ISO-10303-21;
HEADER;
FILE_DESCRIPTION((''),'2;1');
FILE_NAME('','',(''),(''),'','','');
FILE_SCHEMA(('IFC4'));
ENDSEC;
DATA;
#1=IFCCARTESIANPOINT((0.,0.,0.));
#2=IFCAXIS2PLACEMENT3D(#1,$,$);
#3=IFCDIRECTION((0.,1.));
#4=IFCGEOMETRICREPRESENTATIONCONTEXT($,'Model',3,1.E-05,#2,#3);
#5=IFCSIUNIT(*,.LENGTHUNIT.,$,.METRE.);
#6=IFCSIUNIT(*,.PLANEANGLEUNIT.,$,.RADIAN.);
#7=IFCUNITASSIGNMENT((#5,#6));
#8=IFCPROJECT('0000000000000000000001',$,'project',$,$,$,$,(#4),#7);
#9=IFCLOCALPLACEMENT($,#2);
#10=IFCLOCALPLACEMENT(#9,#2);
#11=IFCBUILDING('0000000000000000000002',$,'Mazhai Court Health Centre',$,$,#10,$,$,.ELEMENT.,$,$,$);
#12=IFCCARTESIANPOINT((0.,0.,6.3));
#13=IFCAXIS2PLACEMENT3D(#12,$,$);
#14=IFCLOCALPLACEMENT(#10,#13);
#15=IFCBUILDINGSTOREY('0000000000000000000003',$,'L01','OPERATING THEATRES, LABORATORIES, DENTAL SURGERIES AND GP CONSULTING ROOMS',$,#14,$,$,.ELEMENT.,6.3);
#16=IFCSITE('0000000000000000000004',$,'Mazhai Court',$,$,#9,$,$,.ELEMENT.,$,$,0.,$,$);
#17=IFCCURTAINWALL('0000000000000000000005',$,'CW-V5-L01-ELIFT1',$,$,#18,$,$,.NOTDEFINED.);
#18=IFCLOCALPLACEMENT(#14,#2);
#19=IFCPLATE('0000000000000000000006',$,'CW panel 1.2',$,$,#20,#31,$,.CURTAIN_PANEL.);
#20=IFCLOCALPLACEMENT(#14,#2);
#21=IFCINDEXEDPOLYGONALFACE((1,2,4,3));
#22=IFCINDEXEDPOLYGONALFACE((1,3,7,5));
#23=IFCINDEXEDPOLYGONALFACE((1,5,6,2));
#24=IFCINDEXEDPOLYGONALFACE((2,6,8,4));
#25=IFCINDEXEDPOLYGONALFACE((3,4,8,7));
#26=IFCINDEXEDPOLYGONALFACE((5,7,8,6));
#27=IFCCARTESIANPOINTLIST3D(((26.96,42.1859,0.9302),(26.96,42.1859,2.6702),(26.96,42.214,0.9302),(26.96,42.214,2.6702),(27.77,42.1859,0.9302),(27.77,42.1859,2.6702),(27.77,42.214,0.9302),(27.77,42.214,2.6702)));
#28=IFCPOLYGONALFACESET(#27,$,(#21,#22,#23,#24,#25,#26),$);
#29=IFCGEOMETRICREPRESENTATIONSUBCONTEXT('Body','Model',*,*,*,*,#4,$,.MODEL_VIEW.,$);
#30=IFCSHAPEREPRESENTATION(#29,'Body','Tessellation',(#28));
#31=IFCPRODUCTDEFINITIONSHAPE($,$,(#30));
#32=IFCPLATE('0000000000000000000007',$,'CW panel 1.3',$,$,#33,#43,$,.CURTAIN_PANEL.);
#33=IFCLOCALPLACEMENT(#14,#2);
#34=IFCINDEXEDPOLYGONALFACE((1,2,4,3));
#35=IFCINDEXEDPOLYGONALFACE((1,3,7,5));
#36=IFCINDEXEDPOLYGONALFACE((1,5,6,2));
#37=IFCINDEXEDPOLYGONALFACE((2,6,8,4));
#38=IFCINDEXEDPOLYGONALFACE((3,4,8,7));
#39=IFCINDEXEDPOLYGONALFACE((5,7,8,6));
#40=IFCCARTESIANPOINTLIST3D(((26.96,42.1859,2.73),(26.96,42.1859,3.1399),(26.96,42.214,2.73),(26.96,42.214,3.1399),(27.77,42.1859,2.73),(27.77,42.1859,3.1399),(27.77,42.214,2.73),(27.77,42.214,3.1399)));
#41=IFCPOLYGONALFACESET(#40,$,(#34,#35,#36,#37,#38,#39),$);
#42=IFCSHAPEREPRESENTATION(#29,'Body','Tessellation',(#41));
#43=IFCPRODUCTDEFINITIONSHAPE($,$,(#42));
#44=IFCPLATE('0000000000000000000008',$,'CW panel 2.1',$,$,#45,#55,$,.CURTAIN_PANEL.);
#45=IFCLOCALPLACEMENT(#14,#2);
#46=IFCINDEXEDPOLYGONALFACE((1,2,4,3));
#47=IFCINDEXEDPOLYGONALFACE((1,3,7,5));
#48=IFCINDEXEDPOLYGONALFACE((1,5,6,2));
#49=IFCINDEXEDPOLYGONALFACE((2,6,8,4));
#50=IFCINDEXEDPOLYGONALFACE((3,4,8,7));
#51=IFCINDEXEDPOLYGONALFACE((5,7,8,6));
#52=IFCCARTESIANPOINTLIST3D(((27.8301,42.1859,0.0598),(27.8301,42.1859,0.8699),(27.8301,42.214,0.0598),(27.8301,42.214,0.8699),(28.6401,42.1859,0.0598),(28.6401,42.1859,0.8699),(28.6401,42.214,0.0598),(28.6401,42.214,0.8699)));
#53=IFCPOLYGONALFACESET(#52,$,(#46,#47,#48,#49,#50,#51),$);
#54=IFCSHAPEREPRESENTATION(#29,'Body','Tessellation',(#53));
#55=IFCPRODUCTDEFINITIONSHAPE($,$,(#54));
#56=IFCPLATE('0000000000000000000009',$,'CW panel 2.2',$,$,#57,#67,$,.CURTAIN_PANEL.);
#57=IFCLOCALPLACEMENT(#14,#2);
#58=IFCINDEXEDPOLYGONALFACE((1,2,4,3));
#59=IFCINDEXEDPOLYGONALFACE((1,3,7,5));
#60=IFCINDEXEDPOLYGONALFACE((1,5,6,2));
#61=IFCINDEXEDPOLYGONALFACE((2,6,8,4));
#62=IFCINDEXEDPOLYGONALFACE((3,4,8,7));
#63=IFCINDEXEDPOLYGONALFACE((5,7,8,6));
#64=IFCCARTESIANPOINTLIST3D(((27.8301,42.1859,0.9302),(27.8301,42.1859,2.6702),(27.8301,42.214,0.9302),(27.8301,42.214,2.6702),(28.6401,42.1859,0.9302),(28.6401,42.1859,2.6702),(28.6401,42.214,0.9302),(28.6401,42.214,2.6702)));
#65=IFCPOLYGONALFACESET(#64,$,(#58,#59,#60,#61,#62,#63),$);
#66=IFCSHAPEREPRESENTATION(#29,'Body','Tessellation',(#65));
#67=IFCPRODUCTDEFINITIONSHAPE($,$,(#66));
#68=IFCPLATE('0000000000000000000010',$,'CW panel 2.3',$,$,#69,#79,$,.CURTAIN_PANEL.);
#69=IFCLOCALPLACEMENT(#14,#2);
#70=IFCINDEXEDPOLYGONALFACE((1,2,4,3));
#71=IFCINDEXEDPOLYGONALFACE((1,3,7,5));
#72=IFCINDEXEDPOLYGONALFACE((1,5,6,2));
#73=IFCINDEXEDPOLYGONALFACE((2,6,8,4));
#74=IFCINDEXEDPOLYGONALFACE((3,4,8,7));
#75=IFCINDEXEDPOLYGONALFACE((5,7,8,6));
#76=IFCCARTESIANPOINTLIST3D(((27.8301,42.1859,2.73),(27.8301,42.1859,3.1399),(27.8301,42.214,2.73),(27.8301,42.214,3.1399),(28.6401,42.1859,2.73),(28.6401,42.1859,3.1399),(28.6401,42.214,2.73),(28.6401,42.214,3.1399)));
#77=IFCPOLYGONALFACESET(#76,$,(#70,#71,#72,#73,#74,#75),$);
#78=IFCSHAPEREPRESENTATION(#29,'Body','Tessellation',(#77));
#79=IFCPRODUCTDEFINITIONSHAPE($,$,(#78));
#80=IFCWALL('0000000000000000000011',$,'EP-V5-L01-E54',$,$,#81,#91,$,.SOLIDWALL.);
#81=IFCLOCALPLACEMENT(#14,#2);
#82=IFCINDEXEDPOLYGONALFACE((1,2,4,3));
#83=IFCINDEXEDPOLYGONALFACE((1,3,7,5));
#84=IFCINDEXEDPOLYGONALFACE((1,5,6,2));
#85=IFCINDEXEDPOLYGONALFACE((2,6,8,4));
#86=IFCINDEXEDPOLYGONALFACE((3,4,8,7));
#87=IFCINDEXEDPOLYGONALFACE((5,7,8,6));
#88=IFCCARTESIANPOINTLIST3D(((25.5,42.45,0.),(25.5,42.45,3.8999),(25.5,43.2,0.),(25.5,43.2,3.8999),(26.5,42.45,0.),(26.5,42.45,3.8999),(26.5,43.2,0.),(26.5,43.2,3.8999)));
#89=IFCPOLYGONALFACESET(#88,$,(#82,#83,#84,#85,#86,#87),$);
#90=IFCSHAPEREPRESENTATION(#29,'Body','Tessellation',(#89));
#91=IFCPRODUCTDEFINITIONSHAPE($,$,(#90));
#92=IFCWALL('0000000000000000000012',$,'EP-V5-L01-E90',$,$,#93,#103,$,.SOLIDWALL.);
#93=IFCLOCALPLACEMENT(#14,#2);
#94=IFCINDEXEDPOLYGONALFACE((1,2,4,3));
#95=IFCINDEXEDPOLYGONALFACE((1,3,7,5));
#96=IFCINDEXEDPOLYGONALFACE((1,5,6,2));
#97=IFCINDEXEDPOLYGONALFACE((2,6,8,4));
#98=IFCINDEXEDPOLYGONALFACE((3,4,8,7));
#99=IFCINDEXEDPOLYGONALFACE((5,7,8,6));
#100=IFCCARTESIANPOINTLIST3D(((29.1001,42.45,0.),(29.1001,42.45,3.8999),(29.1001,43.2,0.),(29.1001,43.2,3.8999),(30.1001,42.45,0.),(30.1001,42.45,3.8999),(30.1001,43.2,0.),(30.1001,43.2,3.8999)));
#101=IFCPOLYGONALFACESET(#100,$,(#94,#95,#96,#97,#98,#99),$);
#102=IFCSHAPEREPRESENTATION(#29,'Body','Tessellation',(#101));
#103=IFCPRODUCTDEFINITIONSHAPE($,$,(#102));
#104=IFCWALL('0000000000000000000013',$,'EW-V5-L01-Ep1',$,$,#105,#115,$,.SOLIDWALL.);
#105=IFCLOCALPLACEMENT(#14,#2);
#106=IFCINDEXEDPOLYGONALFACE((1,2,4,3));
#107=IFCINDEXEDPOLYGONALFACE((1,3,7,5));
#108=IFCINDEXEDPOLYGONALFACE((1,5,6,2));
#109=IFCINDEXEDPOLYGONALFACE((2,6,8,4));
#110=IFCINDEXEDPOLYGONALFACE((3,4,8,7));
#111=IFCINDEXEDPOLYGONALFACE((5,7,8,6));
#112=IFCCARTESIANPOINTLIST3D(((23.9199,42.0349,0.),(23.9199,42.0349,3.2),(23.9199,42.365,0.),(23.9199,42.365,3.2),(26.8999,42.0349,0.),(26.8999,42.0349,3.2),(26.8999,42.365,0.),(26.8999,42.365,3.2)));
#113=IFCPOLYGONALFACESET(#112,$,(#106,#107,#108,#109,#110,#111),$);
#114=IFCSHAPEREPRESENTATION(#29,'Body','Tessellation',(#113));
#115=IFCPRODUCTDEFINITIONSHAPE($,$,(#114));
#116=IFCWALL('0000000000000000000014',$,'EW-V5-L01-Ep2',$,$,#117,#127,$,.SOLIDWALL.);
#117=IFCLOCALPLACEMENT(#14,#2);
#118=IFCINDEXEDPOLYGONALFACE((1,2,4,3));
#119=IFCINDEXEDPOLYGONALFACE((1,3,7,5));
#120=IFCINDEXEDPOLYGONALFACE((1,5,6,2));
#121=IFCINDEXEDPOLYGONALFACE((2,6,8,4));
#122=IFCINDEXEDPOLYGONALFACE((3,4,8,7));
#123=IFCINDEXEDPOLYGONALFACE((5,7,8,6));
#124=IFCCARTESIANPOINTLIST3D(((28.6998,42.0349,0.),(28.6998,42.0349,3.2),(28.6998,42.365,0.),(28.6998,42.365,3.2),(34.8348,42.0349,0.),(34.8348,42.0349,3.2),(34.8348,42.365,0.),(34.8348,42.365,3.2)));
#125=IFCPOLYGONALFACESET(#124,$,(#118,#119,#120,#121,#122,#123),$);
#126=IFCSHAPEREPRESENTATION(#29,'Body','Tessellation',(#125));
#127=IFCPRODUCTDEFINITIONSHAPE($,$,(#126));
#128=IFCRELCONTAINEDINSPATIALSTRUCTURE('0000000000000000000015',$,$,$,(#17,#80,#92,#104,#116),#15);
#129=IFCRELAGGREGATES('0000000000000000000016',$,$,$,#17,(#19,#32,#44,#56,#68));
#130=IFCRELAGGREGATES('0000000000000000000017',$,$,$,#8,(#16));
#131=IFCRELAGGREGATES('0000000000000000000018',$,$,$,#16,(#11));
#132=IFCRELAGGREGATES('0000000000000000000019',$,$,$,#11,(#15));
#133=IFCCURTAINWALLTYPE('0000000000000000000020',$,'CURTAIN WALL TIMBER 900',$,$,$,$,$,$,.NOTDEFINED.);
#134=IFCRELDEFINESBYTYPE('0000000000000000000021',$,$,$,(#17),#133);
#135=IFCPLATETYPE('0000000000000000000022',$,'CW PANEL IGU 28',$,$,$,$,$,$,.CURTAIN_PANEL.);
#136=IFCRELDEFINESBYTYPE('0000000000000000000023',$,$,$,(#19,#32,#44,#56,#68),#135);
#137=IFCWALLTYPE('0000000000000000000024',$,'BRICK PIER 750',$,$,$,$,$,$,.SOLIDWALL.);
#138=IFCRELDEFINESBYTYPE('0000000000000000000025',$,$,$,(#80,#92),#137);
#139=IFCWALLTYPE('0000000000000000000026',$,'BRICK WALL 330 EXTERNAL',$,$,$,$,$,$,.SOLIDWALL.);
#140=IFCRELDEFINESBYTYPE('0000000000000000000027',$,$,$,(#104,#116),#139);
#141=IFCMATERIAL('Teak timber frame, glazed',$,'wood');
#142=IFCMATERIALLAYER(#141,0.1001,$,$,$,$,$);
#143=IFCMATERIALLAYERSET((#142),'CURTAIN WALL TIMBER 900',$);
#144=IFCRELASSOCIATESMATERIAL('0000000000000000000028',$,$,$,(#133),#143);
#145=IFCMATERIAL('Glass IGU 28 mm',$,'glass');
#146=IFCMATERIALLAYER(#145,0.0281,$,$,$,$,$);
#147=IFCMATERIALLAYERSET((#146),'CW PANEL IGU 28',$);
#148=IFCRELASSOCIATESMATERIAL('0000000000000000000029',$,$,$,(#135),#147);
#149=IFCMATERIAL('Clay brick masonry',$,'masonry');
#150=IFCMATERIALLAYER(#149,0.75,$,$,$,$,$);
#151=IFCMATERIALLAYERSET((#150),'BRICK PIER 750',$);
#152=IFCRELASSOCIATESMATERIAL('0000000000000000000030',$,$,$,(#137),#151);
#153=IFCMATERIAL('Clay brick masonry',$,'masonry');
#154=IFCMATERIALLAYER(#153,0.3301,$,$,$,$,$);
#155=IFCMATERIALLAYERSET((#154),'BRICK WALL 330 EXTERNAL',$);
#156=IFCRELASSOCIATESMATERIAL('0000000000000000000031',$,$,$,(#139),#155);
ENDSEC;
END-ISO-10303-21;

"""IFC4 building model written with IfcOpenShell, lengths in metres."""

from ifc_helpers import new_model, si_unit, direction, frame, frame_2d, origin, origin_2d, place, context, subcontext, project, spatial, rectangle, extrude, material, layer, layer_set, type_object, element, aggregate, save


model = new_model("IFC4")

# Units and contexts
model_context = context("Model", 3, precision=1e-05, world=origin(), true_north=direction((0.0, 1.0)))
body_context = subcontext(model_context, "Body", "Model", "MODEL_VIEW")
ifc_project = project(units=[si_unit("LENGTHUNIT", "METRE"), si_unit("PLANEANGLEUNIT", "RADIAN")], contexts=[model_context])

# Site, building, storey
site_placement = place(None, origin())
site = spatial("IfcSite", under=ifc_project, at=site_placement, Name="Mazhai Court", CompositionType="ELEMENT", RefElevation=0.0)
building_placement = place(site_placement, origin())
building = spatial("IfcBuilding", under=site, at=building_placement, Name="Mazhai Court Health Centre", CompositionType="ELEMENT")
storey_placement = place(building_placement, frame((0.0, 0.0, 6.3)))
storey = spatial("IfcBuildingStorey", under=building, at=storey_placement, Name="L01", Description="OPERATING THEATRES, LABORATORIES, DENTAL SURGERIES AND GP CONSULTING ROOMS", CompositionType="ELEMENT", Elevation=6.3)

# Curtain wall
ifc_material_1 = material(Name="Teak timber frame, glazed", Category="wood")
ifc_layer_1 = layer(ifc_material_1, 0.1001)
ifc_layer_set_1 = layer_set([ifc_layer_1], Name="CURTAIN WALL TIMBER 900")
curtain_wall_type_1 = type_object("IfcCurtainWallType", Name="CURTAIN WALL TIMBER 900", PredefinedType="NOTDEFINED", material=ifc_layer_set_1)
curtain_wall_1_placement = place(storey_placement, origin())
curtain_wall_1 = element("IfcCurtainWall", 1, at=curtain_wall_1_placement, inside=storey, type_object=curtain_wall_type_1, Name="CW-V5-L01-ELIFT1", PredefinedType="NOTDEFINED")

# Plates
ifc_material_2 = material(Name="Glass IGU 28 mm", Category="glass")
ifc_layer_2 = layer(ifc_material_2, 0.0281)
ifc_layer_set_2 = layer_set([ifc_layer_2], Name="CW PANEL IGU 28")
plate_type = type_object("IfcPlateType", Name="CW PANEL IGU 28", PredefinedType="CURTAIN_PANEL", material=ifc_layer_set_2)
plate_1_placement = place(storey_placement, frame((27.365, 42.2, 0.9302), z_axis=(0.0, 0.0, 1.0), x_axis=(1.0, 0.0, 0.0)))
plate_1 = element("IfcPlate", 2, at=plate_1_placement, type_object=plate_type, Name="CW panel 1.2", PredefinedType="CURTAIN_PANEL", context=body_context, shape_type="SweptSolid", body=[
    extrude(rectangle(XDim=0.8101, YDim=0.0281, at=origin_2d()), origin(), (0.0, 0.0, 1.0), 1.74),
])
plate_2_placement = place(storey_placement, frame((27.365, 42.2, 2.73), z_axis=(0.0, 0.0, 1.0), x_axis=(1.0, 0.0, 0.0)))
plate_2 = element("IfcPlate", 3, at=plate_2_placement, type_object=plate_type, Name="CW panel 1.3", PredefinedType="CURTAIN_PANEL", context=body_context, shape_type="SweptSolid", body=[
    extrude(rectangle(XDim=0.8101, YDim=0.0281, at=origin_2d()), origin(), (0.0, 0.0, 1.0), 0.4099),
])
plate_3_placement = place(storey_placement, frame((28.2351, 42.2, 0.0598), z_axis=(0.0, 0.0, 1.0), x_axis=(1.0, 0.0, 0.0)))
plate_3 = element("IfcPlate", 4, at=plate_3_placement, type_object=plate_type, Name="CW panel 2.1", PredefinedType="CURTAIN_PANEL", context=body_context, shape_type="SweptSolid", body=[
    extrude(rectangle(XDim=0.8101, YDim=0.0281, at=origin_2d()), origin(), (0.0, 0.0, 1.0), 0.8101),
])
plate_4_placement = place(storey_placement, frame((28.2351, 42.2, 0.9302), z_axis=(0.0, 0.0, 1.0), x_axis=(1.0, 0.0, 0.0)))
plate_4 = element("IfcPlate", 5, at=plate_4_placement, type_object=plate_type, Name="CW panel 2.2", PredefinedType="CURTAIN_PANEL", context=body_context, shape_type="SweptSolid", body=[
    extrude(rectangle(XDim=0.8101, YDim=0.0281, at=origin_2d()), origin(), (0.0, 0.0, 1.0), 1.74),
])
plate_5_placement = place(storey_placement, frame((28.2351, 42.2, 2.73), z_axis=(0.0, 0.0, 1.0), x_axis=(1.0, 0.0, 0.0)))
plate_5 = element("IfcPlate", 6, at=plate_5_placement, type_object=plate_type, Name="CW panel 2.3", PredefinedType="CURTAIN_PANEL", context=body_context, shape_type="SweptSolid", body=[
    extrude(rectangle(XDim=0.8101, YDim=0.0281, at=origin_2d()), origin(), (0.0, 0.0, 1.0), 0.4099),
])
aggregate(curtain_wall_1, [plate_1, plate_2, plate_3, plate_4, plate_5])

# Walls
ifc_material_3 = material(Name="Clay brick masonry", Category="masonry")
ifc_layer_3 = layer(ifc_material_3, 0.75)
ifc_layer_set_3 = layer_set([ifc_layer_3], Name="BRICK PIER 750")
wall_type_1 = type_object("IfcWallType", Name="BRICK PIER 750", PredefinedType="SOLIDWALL", material=ifc_layer_set_3)
for number, where, z_axis, x_axis, name in (
    (7, (25.5, 42.825, 0.0), (0.0, 0.0, 1.0), (1.0, 0.0, 0.0), "EP-V5-L01-E54"),
    (8, (29.1001, 42.825, 0.0), (0.0, 0.0, 1.0), (1.0, 0.0, 0.0), "EP-V5-L01-E90"),
):
    element("IfcWall", number, at=place(storey_placement, frame(where, z_axis=z_axis, x_axis=x_axis)), inside=storey, type_object=wall_type_1, Name=name, PredefinedType="SOLIDWALL", context=body_context, shape_type="SweptSolid", body=[
        extrude(rectangle(XDim=1.0, YDim=0.75, at=frame_2d((0.5, 0.0))), origin(), (0.0, 0.0, 1.0), 3.8999),
    ])
ifc_material_4 = material(Name="Clay brick masonry", Category="masonry")
ifc_layer_4 = layer(ifc_material_4, 0.3301)
ifc_layer_set_4 = layer_set([ifc_layer_4], Name="BRICK WALL 330 EXTERNAL")
wall_type_2 = type_object("IfcWallType", Name="BRICK WALL 330 EXTERNAL", PredefinedType="SOLIDWALL", material=ifc_layer_set_4)
wall_1_placement = place(storey_placement, frame((23.9199, 42.2, 0.0), z_axis=(0.0, 0.0, 1.0), x_axis=(1.0, 0.0, 0.0)))
element("IfcWall", 9, at=wall_1_placement, inside=storey, type_object=wall_type_2, Name="EW-V5-L01-Ep1", PredefinedType="SOLIDWALL", context=body_context, shape_type="SweptSolid", body=[
    extrude(rectangle(XDim=2.98, YDim=0.3301, at=frame_2d((1.49, 0.0))), origin(), (0.0, 0.0, 1.0), 3.2),
])
wall_2_placement = place(storey_placement, frame((28.7, 42.2, 0.0), z_axis=(0.0, 0.0, 1.0), x_axis=(1.0, 0.0, 0.0)))
element("IfcWall", 10, at=wall_2_placement, inside=storey, type_object=wall_type_2, Name="EW-V5-L01-Ep2", PredefinedType="SOLIDWALL", context=body_context, shape_type="SweptSolid", body=[
    extrude(rectangle(XDim=6.135, YDim=0.3301, at=frame_2d((3.0674, 0.0))), origin(), (0.0, 0.0, 1.0), 3.2),
])

save(model, "model.ifc")
